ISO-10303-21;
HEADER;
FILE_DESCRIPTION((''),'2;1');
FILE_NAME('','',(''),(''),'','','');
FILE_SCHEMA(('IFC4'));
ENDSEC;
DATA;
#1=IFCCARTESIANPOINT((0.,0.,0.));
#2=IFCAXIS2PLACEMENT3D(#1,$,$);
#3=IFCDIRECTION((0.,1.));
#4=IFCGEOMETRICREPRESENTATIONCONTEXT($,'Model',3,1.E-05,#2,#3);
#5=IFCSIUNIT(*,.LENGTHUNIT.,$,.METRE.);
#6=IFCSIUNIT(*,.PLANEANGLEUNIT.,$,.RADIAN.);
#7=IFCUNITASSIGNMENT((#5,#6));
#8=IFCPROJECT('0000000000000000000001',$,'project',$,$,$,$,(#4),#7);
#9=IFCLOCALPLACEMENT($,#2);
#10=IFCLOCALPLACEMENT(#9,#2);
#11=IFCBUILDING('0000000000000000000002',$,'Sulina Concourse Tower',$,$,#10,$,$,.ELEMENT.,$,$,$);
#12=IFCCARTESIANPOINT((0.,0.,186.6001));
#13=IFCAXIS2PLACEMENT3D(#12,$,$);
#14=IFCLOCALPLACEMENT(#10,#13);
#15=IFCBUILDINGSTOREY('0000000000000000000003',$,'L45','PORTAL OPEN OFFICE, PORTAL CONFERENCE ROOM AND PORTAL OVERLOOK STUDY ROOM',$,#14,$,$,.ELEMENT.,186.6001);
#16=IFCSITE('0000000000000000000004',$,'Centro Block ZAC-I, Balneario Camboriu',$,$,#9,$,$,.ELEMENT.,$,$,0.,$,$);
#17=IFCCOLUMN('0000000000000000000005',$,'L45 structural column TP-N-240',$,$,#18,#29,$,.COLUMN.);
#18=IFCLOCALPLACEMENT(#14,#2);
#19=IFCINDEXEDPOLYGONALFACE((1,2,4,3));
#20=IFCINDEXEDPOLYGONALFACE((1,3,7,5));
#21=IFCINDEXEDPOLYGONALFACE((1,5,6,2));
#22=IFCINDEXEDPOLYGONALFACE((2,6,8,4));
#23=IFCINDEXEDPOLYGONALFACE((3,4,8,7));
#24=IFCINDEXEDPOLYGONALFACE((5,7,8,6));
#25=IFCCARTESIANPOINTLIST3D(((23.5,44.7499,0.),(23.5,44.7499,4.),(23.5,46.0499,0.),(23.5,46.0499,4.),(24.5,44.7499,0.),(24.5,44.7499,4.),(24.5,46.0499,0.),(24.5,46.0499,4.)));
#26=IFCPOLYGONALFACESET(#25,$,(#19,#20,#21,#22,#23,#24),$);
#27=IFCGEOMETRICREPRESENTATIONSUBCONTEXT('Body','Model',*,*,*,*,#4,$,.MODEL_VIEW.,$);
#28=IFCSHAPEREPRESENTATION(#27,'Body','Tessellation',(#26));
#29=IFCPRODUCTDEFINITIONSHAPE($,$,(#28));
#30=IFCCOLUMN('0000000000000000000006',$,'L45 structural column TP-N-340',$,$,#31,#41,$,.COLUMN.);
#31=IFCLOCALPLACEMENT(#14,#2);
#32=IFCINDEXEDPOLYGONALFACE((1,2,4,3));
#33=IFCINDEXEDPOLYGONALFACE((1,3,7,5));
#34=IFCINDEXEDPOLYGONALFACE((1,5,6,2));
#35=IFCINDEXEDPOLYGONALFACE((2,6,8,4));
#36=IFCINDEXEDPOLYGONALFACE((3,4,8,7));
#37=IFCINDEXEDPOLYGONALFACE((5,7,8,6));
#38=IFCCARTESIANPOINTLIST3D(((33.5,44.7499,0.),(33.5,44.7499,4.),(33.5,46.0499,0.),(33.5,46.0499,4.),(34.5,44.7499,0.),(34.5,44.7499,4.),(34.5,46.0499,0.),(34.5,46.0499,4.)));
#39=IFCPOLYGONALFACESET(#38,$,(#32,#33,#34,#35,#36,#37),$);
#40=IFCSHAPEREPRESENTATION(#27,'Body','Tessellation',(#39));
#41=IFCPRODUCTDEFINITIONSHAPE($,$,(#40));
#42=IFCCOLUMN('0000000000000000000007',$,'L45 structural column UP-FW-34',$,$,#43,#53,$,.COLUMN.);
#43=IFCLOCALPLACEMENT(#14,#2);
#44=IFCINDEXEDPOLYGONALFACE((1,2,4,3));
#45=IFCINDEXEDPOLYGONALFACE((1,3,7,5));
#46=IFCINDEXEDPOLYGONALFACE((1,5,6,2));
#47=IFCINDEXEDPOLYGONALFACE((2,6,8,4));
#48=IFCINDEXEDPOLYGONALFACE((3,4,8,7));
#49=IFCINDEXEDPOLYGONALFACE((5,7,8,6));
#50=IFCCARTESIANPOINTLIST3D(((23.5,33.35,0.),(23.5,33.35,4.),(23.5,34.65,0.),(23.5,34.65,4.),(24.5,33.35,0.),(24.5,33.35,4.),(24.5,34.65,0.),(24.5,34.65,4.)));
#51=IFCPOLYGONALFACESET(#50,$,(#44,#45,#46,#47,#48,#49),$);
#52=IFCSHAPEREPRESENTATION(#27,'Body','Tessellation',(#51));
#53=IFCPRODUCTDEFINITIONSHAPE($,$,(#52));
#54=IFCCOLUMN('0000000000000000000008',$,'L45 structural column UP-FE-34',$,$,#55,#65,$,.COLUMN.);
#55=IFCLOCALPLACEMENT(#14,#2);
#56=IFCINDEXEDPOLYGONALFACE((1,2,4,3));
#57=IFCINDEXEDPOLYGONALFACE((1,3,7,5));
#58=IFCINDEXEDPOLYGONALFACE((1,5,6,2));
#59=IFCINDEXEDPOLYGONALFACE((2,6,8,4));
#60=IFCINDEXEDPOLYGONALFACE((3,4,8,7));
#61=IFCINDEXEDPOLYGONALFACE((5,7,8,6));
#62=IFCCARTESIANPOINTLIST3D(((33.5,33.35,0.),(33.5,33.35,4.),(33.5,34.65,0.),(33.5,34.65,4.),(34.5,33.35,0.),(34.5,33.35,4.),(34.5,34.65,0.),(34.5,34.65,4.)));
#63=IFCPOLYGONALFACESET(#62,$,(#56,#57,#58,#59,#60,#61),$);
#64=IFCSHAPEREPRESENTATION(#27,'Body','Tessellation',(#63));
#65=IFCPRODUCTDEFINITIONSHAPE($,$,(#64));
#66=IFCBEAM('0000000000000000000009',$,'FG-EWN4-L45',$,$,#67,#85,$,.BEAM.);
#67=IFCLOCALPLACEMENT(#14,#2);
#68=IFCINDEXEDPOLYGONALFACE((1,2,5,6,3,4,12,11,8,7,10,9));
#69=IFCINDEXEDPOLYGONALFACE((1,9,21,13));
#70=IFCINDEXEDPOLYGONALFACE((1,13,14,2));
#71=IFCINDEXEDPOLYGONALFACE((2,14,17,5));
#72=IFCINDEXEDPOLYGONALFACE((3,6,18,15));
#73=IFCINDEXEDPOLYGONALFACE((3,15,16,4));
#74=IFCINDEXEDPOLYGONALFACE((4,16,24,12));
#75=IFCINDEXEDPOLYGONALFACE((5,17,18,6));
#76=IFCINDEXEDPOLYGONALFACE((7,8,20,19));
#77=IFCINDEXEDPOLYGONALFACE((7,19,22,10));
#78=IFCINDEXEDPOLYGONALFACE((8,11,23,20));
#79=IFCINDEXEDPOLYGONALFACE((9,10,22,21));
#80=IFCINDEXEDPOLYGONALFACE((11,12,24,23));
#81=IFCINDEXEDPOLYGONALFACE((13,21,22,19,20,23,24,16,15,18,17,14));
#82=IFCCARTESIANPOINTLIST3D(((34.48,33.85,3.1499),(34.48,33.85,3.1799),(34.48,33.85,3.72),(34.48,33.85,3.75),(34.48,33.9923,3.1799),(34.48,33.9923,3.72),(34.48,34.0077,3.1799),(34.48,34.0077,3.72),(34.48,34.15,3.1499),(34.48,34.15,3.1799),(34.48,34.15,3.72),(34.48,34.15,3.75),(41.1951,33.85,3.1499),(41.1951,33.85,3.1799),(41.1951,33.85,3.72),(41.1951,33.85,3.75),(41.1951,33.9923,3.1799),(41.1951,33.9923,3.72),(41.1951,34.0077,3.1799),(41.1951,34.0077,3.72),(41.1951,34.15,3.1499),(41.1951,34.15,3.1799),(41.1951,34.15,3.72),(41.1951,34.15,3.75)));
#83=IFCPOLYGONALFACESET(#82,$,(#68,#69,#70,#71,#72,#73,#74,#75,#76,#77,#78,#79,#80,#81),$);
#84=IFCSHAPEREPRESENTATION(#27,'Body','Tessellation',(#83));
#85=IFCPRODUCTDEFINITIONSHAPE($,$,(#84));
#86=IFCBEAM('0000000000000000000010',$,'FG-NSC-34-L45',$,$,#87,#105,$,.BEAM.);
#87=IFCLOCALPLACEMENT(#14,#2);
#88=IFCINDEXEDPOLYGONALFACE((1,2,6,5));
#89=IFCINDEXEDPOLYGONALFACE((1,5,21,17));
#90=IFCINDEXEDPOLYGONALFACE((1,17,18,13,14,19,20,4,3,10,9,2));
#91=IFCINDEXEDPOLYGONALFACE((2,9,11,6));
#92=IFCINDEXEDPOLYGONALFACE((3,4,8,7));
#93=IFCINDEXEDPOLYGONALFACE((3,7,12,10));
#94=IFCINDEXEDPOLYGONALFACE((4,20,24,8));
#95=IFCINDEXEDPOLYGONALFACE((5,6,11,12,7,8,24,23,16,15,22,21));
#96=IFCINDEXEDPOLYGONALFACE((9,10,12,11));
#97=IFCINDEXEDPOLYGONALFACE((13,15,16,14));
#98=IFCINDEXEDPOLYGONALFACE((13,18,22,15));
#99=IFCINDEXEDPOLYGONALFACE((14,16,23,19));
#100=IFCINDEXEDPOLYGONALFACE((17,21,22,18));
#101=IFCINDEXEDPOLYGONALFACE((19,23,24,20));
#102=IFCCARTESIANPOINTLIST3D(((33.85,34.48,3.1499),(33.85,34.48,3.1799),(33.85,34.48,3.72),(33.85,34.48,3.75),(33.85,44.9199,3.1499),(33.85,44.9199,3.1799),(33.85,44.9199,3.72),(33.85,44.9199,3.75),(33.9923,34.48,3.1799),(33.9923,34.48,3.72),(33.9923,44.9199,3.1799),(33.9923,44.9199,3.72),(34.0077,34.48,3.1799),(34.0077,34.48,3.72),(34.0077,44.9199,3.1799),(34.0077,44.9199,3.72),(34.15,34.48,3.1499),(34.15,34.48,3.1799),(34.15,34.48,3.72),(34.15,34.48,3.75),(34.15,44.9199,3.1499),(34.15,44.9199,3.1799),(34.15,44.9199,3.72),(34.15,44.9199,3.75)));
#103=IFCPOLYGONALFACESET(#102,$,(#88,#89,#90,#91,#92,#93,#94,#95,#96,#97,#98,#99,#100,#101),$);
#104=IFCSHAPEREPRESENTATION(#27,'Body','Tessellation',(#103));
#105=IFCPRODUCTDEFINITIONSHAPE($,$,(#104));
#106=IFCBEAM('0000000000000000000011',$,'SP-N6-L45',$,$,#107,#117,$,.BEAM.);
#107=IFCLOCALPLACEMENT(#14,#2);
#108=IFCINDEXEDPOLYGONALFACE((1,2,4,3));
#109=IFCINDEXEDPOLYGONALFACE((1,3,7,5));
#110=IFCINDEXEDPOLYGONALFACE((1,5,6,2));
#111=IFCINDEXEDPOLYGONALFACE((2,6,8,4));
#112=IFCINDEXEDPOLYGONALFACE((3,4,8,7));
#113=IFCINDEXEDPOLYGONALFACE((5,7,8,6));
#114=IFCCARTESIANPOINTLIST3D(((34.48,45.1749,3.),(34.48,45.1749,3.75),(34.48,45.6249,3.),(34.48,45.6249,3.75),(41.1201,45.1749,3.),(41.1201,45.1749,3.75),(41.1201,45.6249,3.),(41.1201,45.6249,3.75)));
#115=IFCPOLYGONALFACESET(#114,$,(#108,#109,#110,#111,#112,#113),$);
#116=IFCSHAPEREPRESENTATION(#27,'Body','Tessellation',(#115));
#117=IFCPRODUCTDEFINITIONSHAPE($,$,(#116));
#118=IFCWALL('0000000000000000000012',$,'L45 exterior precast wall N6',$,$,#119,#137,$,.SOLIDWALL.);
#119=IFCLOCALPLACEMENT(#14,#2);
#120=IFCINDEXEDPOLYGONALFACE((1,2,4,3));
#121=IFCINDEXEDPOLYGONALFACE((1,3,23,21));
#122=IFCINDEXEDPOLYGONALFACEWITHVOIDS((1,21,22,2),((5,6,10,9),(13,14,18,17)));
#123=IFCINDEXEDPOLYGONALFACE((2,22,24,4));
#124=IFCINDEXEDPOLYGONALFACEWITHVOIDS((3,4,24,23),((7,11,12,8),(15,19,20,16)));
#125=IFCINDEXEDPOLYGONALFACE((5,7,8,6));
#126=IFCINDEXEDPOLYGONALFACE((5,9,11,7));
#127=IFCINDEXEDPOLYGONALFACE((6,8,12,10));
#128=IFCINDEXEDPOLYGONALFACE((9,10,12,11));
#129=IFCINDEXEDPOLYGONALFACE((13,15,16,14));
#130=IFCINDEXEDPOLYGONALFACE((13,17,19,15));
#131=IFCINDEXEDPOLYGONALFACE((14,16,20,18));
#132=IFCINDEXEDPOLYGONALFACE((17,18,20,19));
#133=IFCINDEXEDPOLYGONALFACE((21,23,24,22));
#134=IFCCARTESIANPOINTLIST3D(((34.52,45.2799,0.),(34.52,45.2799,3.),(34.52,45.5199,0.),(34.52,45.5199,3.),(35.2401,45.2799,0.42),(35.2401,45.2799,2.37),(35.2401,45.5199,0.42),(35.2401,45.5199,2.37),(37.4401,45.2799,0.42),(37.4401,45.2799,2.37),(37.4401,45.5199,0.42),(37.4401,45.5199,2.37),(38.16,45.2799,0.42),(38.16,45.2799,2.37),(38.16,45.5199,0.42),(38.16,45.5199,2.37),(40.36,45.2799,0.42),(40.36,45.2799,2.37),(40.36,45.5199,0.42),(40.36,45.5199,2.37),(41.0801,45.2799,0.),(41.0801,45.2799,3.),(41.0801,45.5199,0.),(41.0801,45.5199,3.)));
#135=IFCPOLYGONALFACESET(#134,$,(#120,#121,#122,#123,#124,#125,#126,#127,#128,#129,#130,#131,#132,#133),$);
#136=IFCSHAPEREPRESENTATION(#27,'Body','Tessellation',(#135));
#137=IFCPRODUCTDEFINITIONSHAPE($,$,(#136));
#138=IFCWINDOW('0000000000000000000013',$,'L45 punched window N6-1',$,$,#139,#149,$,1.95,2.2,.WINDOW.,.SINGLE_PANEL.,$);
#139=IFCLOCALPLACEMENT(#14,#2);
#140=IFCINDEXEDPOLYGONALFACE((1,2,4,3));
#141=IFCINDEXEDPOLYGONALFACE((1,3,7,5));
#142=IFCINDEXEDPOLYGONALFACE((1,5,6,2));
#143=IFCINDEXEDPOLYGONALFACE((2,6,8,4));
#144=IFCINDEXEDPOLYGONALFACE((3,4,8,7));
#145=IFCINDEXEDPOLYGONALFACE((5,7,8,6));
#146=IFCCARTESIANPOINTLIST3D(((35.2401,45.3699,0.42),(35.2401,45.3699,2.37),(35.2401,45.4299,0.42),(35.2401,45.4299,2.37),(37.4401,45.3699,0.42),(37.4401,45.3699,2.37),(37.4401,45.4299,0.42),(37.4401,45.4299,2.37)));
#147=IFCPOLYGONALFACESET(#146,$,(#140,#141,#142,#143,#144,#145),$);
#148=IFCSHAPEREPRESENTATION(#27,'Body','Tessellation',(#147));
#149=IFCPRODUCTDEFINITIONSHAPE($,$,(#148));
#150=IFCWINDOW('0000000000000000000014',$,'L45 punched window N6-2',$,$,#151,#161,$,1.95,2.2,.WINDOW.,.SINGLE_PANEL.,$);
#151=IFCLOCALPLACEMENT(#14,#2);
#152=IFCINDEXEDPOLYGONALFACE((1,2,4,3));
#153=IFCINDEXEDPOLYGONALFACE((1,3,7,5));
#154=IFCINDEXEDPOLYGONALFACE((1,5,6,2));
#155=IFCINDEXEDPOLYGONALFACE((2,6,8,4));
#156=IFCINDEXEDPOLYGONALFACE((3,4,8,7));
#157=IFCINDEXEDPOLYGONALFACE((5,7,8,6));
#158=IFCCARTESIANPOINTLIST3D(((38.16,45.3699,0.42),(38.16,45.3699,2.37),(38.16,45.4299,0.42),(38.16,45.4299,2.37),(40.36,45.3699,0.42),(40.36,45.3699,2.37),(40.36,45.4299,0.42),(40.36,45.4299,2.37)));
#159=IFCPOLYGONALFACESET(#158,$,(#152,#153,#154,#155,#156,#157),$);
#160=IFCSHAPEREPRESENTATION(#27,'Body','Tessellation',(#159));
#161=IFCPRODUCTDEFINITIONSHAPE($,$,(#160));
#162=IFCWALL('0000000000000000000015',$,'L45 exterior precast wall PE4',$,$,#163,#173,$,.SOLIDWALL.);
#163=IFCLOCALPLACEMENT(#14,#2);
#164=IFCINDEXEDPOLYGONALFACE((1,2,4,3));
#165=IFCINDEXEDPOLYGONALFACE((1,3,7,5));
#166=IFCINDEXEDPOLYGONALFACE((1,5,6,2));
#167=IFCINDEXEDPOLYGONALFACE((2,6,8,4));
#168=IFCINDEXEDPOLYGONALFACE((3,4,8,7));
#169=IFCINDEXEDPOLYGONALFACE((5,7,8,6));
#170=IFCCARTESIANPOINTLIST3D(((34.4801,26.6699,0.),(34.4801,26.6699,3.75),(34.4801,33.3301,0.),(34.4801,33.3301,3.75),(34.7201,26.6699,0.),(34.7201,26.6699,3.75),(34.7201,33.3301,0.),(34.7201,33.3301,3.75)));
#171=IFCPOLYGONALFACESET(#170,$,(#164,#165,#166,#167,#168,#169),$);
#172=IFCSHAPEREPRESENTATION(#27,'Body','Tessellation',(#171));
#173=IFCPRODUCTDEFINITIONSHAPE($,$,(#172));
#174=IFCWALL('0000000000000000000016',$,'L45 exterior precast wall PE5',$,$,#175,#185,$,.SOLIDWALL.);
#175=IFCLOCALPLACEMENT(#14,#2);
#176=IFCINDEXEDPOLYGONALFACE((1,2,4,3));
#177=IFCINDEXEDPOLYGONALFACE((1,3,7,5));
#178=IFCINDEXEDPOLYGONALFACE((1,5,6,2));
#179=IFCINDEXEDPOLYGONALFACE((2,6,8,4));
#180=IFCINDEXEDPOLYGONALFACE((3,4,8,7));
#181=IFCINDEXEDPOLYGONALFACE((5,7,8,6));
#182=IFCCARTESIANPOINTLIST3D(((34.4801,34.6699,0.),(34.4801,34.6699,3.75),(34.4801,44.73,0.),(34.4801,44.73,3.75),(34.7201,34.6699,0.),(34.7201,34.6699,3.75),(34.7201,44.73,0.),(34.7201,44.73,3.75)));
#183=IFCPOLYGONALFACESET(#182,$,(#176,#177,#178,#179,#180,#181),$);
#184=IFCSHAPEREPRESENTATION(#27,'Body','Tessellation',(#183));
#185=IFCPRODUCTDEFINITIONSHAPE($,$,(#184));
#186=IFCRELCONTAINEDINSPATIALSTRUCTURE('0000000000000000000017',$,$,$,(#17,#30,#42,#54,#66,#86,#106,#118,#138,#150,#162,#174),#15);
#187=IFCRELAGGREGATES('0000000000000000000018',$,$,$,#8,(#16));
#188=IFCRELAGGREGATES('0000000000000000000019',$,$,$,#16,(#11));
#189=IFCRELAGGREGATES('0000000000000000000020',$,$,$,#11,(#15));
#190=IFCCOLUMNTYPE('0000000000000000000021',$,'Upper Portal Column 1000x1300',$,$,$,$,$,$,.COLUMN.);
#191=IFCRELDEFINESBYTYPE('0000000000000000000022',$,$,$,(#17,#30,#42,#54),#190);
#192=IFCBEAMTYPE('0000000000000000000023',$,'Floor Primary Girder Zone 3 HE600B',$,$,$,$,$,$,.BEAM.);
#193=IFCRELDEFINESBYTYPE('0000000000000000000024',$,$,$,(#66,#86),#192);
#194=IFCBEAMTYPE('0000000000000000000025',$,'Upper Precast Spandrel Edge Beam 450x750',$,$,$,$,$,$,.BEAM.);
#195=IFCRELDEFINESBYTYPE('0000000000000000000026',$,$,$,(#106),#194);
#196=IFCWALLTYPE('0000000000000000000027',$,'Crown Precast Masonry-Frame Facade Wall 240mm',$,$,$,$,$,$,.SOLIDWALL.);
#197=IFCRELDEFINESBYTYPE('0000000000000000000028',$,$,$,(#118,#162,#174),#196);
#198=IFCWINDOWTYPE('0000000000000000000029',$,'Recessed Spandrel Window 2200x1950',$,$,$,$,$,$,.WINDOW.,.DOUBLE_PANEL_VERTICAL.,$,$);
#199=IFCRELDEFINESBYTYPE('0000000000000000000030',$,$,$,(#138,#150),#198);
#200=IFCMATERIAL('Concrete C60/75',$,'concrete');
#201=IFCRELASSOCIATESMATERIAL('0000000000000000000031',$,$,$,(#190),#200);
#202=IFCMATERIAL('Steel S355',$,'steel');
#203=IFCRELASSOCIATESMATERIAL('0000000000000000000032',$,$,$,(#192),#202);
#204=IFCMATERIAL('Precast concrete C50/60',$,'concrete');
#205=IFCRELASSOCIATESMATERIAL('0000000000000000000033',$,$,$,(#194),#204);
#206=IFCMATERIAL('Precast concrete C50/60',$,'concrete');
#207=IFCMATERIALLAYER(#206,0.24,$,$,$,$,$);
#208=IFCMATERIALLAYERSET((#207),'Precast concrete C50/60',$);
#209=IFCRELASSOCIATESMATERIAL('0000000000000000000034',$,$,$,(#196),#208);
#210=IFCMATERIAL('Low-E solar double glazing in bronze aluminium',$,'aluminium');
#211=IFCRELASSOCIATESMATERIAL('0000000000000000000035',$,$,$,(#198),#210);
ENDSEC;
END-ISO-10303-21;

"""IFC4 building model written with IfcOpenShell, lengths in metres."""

from ifc_helpers import new_model, si_unit, direction, frame, frame_2d, origin, origin_2d, place, context, subcontext, project, spatial, rectangle, i_section, extrude, material, layer, layer_set, material_profile, profile_set, type_object, element, fill, save


model = new_model("IFC4")

# Units and contexts
model_context = context("Model", 3, precision=1e-05, world=origin(), true_north=direction((0.0, 1.0)))
body_context = subcontext(model_context, "Body", "Model", "MODEL_VIEW")
ifc_project = project(units=[si_unit("LENGTHUNIT", "METRE"), si_unit("PLANEANGLEUNIT", "RADIAN")], contexts=[model_context])

# Site, building, storey
site_placement = place(None, origin())
site = spatial("IfcSite", under=ifc_project, at=site_placement, Name="Centro Block ZAC-I, Balneario Camboriu", CompositionType="ELEMENT", RefElevation=0.0)
building_placement = place(site_placement, origin())
building = spatial("IfcBuilding", under=site, at=building_placement, Name="Sulina Concourse Tower", CompositionType="ELEMENT")
storey_placement = place(building_placement, frame((0.0, 0.0, 186.6001)))
storey = spatial("IfcBuildingStorey", under=building, at=storey_placement, Name="L45", Description="PORTAL OPEN OFFICE, PORTAL CONFERENCE ROOM AND PORTAL OVERLOOK STUDY ROOM", CompositionType="ELEMENT", Elevation=186.6001)

# Columns
ifc_material_1 = material(Name="Concrete C60/75", Category="concrete")
ifc_material_profile_1 = material_profile(ifc_material_1, rectangle(XDim=1.0, YDim=1.3, at=origin_2d()), Name="RC 1000x1300")
ifc_profile_set_1 = profile_set([ifc_material_profile_1], Name="Concrete C60/75")
column_type = type_object("IfcColumnType", Name="Upper Portal Column 1000x1300", PredefinedType="COLUMN", material=ifc_profile_set_1)
for number, where, z_axis, x_axis, name in (
    (1, (24.0, 45.3999, 0.0), (0.0, 0.0, 1.0), (1.0, 0.0, 0.0), "L45 structural column TP-N-240"),
    (2, (34.0, 45.3999, 0.0), (0.0, 0.0, 1.0), (1.0, 0.0, 0.0), "L45 structural column TP-N-340"),
    (3, (24.0, 34.0, 0.0), (0.0, 0.0, 1.0), (1.0, 0.0, 0.0), "L45 structural column UP-FW-34"),
    (4, (34.0, 34.0, 0.0), (0.0, 0.0, 1.0), (1.0, 0.0, 0.0), "L45 structural column UP-FE-34"),
):
    element("IfcColumn", number, at=place(storey_placement, frame(where, z_axis=z_axis, x_axis=x_axis)), inside=storey, type_object=column_type, Name=name, PredefinedType="COLUMN", context=body_context, shape_type="SweptSolid", body=[
        extrude(rectangle(XDim=1.0, YDim=1.3, at=origin_2d()), origin(), (0.0, 0.0, 1.0), 4.0),
    ])

# Beams
ifc_material_2 = material(Name="Steel S355", Category="steel")
ifc_material_profile_2 = material_profile(ifc_material_2, i_section(OverallWidth=0.3, OverallDepth=0.6001, WebThickness=0.0154, FlangeThickness=0.03, at=origin_2d()), Name="HE 600 B")
ifc_profile_set_2 = profile_set([ifc_material_profile_2], Name="Steel S355")
beam_type_1 = type_object("IfcBeamType", Name="Floor Primary Girder Zone 3 HE600B", PredefinedType="BEAM", material=ifc_profile_set_2)
beam_1_placement = place(storey_placement, frame((34.48, 34.0, 3.45), z_axis=(1.0, 0.0, 0.0), x_axis=(0.0, 1.0, 0.0)))
element("IfcBeam", 5, at=beam_1_placement, inside=storey, type_object=beam_type_1, Name="FG-EWN4-L45", PredefinedType="BEAM", context=body_context, shape_type="SweptSolid", body=[
    extrude(i_section(OverallWidth=0.3, OverallDepth=0.6001, WebThickness=0.0154, FlangeThickness=0.03, at=origin_2d()), origin(), (0.0, 0.0, 1.0), 6.7151),
])
beam_2_placement = place(storey_placement, frame((34.0, 34.48, 3.45), z_axis=(0.0, 1.0, 0.0), x_axis=(-1.0, 0.0, 0.0)))
element("IfcBeam", 6, at=beam_2_placement, inside=storey, type_object=beam_type_1, Name="FG-NSC-34-L45", PredefinedType="BEAM", context=body_context, shape_type="SweptSolid", body=[
    extrude(i_section(OverallWidth=0.3, OverallDepth=0.6001, WebThickness=0.0154, FlangeThickness=0.03, at=origin_2d()), origin(), (0.0, 0.0, 1.0), 10.4399),
])
ifc_material_3 = material(Name="Precast concrete C50/60", Category="concrete")
ifc_material_profile_3 = material_profile(ifc_material_3, rectangle(XDim=0.45, YDim=0.75, at=origin_2d()), Name="RC 450x750")
ifc_profile_set_3 = profile_set([ifc_material_profile_3], Name="Precast concrete C50/60")
beam_type_2 = type_object("IfcBeamType", Name="Upper Precast Spandrel Edge Beam 450x750", PredefinedType="BEAM", material=ifc_profile_set_3)
beam_3_placement = place(storey_placement, frame((34.48, 45.3999, 3.375), z_axis=(1.0, 0.0, 0.0), x_axis=(0.0, 1.0, 0.0)))
element("IfcBeam", 7, at=beam_3_placement, inside=storey, type_object=beam_type_2, Name="SP-N6-L45", PredefinedType="BEAM", context=body_context, shape_type="SweptSolid", body=[
    extrude(rectangle(XDim=0.45, YDim=0.75, at=origin_2d()), origin(), (0.0, 0.0, 1.0), 6.6401),
])

# Wall, openings, windows
ifc_material_4 = material(Name="Precast concrete C50/60", Category="concrete")
ifc_layer_1 = layer(ifc_material_4, 0.24)
ifc_layer_set_1 = layer_set([ifc_layer_1], Name="Precast concrete C50/60")
wall_type_1 = type_object("IfcWallType", Name="Crown Precast Masonry-Frame Facade Wall 240mm", PredefinedType="SOLIDWALL", material=ifc_layer_set_1)
wall_1_placement = place(storey_placement, frame((34.52, 45.3999, 0.0), z_axis=(0.0, 0.0, 1.0), x_axis=(1.0, 0.0, 0.0)))
wall_1 = element("IfcWall", 8, at=wall_1_placement, inside=storey, type_object=wall_type_1, Name="L45 exterior precast wall N6", PredefinedType="SOLIDWALL", context=body_context, shape_type="SweptSolid", body=[
    extrude(rectangle(XDim=6.5601, YDim=0.24, at=frame_2d((3.28, 0.0))), origin(), (0.0, 0.0, 1.0), 3.0),
])
opening_1_placement = place(wall_1_placement, frame((0.72, 0.0, 0.4199)))
opening_1 = element("IfcOpeningElement", 9, at=opening_1_placement, cuts=wall_1, PredefinedType="OPENING", context=body_context, shape_type="SweptSolid", body=[
    extrude(rectangle(XDim=2.2, YDim=1.95, at=frame_2d((1.1001, 0.9751))), frame((0.0, 0.1299, 0.0), z_axis=(0.0, -1.0, 0.0), x_axis=(1.0, 0.0, 0.0)), (0.0, 0.0, 1.0), 0.26),
])
opening_2_placement = place(wall_1_placement, frame((3.6399, 0.0, 0.4199)))
opening_2 = element("IfcOpeningElement", 10, at=opening_2_placement, cuts=wall_1, PredefinedType="OPENING", context=body_context, shape_type="SweptSolid", body=[
    extrude(rectangle(XDim=2.2, YDim=1.95, at=frame_2d((1.1001, 0.9751))), frame((0.0, 0.1299, 0.0), z_axis=(0.0, -1.0, 0.0), x_axis=(1.0, 0.0, 0.0)), (0.0, 0.0, 1.0), 0.26),
])
ifc_material_5 = material(Name="Low-E solar double glazing in bronze aluminium", Category="aluminium")
window_type = type_object("IfcWindowType", Name="Recessed Spandrel Window 2200x1950", PartitioningType="DOUBLE_PANEL_VERTICAL", PredefinedType="WINDOW", material=ifc_material_5)
window_1_placement = place(opening_1_placement, origin())
window_1 = element("IfcWindow", 11, at=window_1_placement, inside=storey, type_object=window_type, Name="L45 punched window N6-1", OverallHeight=1.95, OverallWidth=2.2, PartitioningType="SINGLE_PANEL", PredefinedType="WINDOW", context=body_context, shape_type="SweptSolid", body=[
    extrude(rectangle(XDim=2.2, YDim=1.95, at=frame_2d((1.1001, 0.9751))), frame((0.0, 0.03, 0.0), z_axis=(0.0, -1.0, 0.0), x_axis=(1.0, 0.0, 0.0)), (0.0, 0.0, 1.0), 0.0601),
])
fill(opening_1, window_1)
window_2_placement = place(opening_2_placement, origin())
window_2 = element("IfcWindow", 12, at=window_2_placement, inside=storey, type_object=window_type, Name="L45 punched window N6-2", OverallHeight=1.95, OverallWidth=2.2, PartitioningType="SINGLE_PANEL", PredefinedType="WINDOW", context=body_context, shape_type="SweptSolid", body=[
    extrude(rectangle(XDim=2.2, YDim=1.95, at=frame_2d((1.1001, 0.9751))), frame((0.0, 0.03, 0.0), z_axis=(0.0, -1.0, 0.0), x_axis=(1.0, 0.0, 0.0)), (0.0, 0.0, 1.0), 0.0601),
])
fill(opening_2, window_2)

# Walls
wall_2_placement = place(storey_placement, frame((34.6001, 26.6699, 0.0), z_axis=(0.0, 0.0, 1.0), x_axis=(0.0, 1.0, 0.0)))
element("IfcWall", 13, at=wall_2_placement, inside=storey, type_object=wall_type_1, Name="L45 exterior precast wall PE4", PredefinedType="SOLIDWALL", context=body_context, shape_type="SweptSolid", body=[
    extrude(rectangle(XDim=6.6602, YDim=0.24, at=frame_2d((3.3301, 0.0))), origin(), (0.0, 0.0, 1.0), 3.75),
])
wall_3_placement = place(storey_placement, frame((34.6001, 34.6699, 0.0), z_axis=(0.0, 0.0, 1.0), x_axis=(0.0, 1.0, 0.0)))
element("IfcWall", 14, at=wall_3_placement, inside=storey, type_object=wall_type_1, Name="L45 exterior precast wall PE5", PredefinedType="SOLIDWALL", context=body_context, shape_type="SweptSolid", body=[
    extrude(rectangle(XDim=10.0601, YDim=0.24, at=frame_2d((5.03, 0.0))), origin(), (0.0, 0.0, 1.0), 3.75),
])

save(model, "model.ifc")
